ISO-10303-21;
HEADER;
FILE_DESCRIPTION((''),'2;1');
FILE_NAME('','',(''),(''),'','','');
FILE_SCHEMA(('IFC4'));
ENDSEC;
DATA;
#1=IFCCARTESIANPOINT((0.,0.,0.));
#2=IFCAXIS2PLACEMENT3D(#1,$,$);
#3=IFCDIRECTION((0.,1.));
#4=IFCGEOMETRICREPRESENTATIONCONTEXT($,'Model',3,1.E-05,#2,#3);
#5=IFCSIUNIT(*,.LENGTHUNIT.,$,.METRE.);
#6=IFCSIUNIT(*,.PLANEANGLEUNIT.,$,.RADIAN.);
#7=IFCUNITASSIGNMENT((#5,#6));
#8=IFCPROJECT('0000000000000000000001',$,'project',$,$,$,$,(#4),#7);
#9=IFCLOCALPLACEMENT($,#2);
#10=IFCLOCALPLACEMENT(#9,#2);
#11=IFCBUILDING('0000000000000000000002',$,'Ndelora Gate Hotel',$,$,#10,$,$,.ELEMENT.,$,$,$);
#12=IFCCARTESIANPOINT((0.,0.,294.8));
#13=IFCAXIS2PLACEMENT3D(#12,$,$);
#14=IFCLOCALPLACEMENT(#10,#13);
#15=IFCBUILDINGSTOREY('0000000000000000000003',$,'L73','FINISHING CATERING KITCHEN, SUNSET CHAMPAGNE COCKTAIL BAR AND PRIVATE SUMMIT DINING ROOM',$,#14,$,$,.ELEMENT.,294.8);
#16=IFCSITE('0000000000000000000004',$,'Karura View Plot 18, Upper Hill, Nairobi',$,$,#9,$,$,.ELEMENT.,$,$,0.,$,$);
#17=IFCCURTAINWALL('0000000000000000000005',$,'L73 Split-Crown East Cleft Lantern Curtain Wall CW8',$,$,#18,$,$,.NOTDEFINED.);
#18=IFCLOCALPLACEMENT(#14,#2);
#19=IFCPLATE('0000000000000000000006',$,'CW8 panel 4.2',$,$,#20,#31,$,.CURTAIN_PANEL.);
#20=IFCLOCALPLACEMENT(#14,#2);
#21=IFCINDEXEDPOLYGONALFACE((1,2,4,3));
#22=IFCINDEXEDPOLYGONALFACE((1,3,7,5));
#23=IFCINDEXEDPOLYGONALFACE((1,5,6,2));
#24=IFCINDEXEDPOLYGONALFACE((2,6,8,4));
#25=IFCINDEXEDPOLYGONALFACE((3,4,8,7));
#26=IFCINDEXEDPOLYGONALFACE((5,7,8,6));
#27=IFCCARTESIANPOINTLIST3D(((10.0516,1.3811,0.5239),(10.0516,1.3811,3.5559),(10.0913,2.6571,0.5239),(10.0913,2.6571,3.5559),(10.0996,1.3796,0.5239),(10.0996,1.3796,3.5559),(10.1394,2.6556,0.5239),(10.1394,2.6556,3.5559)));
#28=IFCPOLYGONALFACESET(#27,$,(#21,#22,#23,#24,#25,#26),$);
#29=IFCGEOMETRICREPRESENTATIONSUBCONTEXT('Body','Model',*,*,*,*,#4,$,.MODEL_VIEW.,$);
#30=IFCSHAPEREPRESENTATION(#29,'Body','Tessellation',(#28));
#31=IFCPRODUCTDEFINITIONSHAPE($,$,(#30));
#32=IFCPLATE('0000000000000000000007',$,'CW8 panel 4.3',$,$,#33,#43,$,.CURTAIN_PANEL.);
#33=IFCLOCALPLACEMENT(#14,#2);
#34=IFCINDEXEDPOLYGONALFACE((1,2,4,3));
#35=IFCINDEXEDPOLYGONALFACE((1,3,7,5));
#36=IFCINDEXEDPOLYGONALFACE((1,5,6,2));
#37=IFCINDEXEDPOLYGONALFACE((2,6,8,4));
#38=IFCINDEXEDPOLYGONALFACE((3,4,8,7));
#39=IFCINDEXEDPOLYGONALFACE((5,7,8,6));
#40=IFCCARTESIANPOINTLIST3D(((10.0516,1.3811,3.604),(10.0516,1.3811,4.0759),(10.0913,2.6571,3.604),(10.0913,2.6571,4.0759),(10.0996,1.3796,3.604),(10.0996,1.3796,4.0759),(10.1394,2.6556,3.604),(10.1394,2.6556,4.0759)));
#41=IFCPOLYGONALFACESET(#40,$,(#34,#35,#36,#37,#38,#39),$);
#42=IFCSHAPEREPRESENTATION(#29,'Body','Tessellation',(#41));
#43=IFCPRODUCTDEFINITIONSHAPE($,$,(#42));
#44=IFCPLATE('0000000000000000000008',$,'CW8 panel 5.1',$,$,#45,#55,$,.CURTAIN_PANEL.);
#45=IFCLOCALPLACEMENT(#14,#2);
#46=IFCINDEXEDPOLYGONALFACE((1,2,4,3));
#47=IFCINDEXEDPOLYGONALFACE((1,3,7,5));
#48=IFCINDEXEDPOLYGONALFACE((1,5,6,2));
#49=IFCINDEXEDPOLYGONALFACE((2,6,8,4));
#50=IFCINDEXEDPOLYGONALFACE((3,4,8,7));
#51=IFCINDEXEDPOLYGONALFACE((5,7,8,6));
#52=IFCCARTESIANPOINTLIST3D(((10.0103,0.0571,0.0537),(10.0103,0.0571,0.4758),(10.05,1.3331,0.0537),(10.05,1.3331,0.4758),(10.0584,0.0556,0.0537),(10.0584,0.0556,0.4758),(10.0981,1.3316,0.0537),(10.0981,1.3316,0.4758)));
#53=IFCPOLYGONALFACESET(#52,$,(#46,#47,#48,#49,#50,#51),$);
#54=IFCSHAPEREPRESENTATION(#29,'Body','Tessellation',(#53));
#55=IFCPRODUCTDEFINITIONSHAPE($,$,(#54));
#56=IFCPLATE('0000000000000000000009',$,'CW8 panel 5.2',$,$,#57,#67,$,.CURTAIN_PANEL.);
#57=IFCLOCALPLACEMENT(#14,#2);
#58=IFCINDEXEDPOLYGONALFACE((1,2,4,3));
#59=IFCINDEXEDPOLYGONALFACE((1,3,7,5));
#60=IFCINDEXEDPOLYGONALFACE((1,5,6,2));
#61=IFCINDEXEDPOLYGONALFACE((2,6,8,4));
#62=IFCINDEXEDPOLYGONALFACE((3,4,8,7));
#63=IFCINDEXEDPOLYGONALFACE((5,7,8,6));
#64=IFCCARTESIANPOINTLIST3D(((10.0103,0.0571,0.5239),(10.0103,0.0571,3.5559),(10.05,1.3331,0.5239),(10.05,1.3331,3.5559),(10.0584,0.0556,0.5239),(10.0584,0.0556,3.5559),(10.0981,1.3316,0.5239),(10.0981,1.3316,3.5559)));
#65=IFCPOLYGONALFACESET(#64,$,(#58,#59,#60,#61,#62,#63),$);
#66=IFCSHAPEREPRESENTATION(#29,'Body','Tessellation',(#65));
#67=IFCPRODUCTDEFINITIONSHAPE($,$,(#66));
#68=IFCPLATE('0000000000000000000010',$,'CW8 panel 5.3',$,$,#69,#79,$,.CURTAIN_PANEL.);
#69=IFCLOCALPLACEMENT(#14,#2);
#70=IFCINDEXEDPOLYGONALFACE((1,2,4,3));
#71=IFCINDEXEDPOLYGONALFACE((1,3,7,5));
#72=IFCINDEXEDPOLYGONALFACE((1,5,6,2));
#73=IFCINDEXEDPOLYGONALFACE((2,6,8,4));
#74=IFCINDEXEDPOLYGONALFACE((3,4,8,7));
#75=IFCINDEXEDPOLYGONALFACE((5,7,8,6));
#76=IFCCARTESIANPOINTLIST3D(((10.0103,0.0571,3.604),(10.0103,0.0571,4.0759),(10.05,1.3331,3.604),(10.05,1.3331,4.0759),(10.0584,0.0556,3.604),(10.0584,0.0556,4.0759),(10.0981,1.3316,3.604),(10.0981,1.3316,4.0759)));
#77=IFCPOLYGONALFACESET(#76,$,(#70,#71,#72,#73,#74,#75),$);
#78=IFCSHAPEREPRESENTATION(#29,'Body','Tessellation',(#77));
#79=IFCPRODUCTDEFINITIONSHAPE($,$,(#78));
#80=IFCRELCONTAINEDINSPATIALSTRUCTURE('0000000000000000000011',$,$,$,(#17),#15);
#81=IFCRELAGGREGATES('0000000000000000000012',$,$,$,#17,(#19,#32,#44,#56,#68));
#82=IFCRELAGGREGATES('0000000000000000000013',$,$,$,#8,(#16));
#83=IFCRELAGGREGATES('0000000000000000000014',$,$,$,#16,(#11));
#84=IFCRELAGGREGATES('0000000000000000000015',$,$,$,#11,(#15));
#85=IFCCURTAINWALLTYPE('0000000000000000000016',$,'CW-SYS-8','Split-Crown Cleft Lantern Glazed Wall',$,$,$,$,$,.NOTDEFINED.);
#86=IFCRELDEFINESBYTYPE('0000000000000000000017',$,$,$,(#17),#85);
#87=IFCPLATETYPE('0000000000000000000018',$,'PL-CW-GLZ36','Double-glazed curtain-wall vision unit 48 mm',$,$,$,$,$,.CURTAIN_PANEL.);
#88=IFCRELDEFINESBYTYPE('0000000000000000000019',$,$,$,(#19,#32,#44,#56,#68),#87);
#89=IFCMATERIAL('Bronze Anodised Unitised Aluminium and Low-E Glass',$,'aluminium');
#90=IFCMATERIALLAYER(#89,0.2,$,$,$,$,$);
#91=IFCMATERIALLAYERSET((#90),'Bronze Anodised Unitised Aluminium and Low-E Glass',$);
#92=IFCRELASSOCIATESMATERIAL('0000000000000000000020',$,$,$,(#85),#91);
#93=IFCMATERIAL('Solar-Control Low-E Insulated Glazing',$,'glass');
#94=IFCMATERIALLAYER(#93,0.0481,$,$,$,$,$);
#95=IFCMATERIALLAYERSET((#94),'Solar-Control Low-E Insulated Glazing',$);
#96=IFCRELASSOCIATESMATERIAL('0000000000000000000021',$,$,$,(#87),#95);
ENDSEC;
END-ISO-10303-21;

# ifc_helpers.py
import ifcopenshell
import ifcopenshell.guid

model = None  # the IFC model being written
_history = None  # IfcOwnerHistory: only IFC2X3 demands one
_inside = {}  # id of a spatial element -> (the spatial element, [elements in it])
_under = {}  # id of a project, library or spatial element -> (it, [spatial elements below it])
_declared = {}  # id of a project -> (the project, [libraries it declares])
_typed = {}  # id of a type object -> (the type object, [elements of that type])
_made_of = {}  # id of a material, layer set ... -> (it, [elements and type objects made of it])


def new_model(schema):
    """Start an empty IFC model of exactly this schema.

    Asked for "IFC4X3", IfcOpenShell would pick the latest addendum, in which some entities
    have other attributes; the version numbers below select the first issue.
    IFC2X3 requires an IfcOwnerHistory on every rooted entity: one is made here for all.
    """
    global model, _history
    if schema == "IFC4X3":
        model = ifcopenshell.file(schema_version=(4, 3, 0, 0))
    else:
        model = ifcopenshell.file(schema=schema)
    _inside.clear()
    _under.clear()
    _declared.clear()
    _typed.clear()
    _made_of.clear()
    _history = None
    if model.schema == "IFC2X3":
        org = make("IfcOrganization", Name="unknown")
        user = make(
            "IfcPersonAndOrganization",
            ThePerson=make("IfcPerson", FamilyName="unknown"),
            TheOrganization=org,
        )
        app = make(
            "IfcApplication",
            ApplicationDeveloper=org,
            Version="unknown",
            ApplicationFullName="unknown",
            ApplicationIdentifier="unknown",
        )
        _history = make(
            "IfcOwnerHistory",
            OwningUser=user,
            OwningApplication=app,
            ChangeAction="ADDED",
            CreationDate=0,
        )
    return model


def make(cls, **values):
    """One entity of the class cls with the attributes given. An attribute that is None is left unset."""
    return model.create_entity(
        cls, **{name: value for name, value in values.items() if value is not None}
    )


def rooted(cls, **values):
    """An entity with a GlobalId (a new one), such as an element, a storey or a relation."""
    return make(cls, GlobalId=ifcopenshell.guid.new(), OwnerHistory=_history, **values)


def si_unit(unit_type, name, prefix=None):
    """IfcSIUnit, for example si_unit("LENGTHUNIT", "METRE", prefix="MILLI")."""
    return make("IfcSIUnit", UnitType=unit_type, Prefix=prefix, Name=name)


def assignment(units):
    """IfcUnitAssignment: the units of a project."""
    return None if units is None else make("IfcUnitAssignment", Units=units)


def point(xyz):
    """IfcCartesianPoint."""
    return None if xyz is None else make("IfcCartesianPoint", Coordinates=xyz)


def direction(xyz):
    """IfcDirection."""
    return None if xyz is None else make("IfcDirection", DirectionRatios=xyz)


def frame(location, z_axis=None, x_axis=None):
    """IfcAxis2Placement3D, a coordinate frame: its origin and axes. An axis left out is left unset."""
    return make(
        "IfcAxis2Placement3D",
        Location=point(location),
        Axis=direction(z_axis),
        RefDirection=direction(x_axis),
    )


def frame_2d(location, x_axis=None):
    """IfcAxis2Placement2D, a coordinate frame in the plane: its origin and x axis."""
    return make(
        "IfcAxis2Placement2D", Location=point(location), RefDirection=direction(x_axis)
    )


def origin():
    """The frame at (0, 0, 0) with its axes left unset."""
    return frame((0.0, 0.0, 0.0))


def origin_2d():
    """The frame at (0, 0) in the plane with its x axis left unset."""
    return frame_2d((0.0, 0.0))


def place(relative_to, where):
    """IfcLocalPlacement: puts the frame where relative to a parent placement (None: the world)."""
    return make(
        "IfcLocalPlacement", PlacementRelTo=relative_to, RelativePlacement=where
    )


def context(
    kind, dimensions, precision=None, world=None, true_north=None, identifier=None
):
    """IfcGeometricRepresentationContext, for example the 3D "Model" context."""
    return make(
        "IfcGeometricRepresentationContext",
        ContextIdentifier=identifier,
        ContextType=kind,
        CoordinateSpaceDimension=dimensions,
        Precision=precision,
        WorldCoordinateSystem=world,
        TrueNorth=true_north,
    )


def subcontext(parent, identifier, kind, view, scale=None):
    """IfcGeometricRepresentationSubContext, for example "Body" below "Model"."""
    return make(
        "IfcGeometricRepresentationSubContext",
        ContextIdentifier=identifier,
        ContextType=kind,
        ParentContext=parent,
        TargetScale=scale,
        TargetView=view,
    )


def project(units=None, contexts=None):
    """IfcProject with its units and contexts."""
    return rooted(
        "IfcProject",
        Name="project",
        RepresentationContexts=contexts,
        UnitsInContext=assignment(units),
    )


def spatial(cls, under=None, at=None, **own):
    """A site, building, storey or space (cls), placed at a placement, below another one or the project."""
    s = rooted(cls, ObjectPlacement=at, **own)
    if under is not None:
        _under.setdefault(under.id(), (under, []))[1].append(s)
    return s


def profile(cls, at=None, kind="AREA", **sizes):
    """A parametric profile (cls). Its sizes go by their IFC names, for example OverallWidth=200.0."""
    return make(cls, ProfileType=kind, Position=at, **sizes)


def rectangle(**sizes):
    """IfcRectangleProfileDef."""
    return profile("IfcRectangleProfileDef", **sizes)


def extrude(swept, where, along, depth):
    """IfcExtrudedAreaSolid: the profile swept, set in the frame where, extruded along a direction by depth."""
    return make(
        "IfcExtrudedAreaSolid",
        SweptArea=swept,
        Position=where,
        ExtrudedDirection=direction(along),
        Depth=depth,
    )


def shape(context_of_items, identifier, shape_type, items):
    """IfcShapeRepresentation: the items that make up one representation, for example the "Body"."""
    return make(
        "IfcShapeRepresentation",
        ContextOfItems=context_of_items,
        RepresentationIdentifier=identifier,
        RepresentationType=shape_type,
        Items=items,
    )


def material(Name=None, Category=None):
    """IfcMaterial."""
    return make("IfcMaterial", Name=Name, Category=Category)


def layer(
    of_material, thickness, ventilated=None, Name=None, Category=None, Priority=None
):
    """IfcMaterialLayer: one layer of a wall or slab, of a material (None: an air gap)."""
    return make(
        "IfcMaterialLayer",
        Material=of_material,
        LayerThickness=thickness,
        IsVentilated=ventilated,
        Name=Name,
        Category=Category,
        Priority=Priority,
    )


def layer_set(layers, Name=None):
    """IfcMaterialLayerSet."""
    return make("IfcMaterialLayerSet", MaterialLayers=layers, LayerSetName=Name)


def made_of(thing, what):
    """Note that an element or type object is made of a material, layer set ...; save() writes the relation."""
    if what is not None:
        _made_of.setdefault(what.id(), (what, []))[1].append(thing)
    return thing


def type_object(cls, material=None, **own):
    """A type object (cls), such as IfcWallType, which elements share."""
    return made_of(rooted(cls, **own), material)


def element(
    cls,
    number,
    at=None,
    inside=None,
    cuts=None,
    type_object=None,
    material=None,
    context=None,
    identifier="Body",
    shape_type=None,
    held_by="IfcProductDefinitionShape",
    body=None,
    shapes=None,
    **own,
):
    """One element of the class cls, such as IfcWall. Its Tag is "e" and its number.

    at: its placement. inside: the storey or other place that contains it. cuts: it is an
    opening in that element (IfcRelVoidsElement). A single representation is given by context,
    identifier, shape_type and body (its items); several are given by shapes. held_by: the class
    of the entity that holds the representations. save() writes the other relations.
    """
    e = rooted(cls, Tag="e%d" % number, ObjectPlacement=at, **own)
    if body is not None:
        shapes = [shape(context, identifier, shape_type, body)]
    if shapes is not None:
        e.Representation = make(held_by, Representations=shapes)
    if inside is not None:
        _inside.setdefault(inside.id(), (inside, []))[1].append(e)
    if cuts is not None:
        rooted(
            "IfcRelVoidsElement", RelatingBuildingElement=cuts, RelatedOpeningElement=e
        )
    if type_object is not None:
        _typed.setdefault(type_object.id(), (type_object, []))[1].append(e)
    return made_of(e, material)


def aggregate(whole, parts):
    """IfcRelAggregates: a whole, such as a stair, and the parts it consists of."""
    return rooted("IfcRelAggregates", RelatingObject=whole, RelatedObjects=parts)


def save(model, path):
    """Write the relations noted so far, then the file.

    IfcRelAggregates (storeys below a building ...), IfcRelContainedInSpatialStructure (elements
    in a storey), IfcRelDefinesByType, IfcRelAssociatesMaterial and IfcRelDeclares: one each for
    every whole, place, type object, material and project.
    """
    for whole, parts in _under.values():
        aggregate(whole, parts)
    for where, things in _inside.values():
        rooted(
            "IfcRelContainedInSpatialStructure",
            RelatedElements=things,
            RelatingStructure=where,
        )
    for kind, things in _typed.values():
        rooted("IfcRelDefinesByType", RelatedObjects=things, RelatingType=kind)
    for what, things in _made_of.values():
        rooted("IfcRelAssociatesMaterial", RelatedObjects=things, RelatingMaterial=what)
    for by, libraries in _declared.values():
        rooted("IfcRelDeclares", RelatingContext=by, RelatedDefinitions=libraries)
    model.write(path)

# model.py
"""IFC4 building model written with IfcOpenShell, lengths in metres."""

from ifc_helpers import new_model, si_unit, direction, frame, origin, origin_2d, place, context, subcontext, project, spatial, rectangle, extrude, material, layer, layer_set, type_object, element, aggregate, save


model = new_model("IFC4")

# Units and contexts
model_context = context("Model", 3, precision=1e-05, world=origin(), true_north=direction((0.0, 1.0)))
body_context = subcontext(model_context, "Body", "Model", "MODEL_VIEW")
ifc_project = project(units=[si_unit("LENGTHUNIT", "METRE"), si_unit("PLANEANGLEUNIT", "RADIAN")], contexts=[model_context])

# Site, building, storey
site_placement = place(None, origin())
site = spatial("IfcSite", under=ifc_project, at=site_placement, Name="Karura View Plot 18, Upper Hill, Nairobi", CompositionType="ELEMENT", RefElevation=0.0)
building_placement = place(site_placement, origin())
building = spatial("IfcBuilding", under=site, at=building_placement, Name="Ndelora Gate Hotel", CompositionType="ELEMENT")
storey_placement = place(building_placement, frame((0.0, 0.0, 294.8)))
storey = spatial("IfcBuildingStorey", under=building, at=storey_placement, Name="L73", Description="FINISHING CATERING KITCHEN, SUNSET CHAMPAGNE COCKTAIL BAR AND PRIVATE SUMMIT DINING ROOM", CompositionType="ELEMENT", Elevation=294.8)

# Curtain wall, plates
ifc_material_1 = material(Name="Bronze Anodised Unitised Aluminium and Low-E Glass", Category="aluminium")
ifc_layer_1 = layer(ifc_material_1, 0.2)
ifc_layer_set_1 = layer_set([ifc_layer_1], Name="Bronze Anodised Unitised Aluminium and Low-E Glass")
curtain_wall_type = type_object("IfcCurtainWallType", Name="CW-SYS-8", Description="Split-Crown Cleft Lantern Glazed Wall", PredefinedType="NOTDEFINED", material=ifc_layer_set_1)
curtain_wall_placement = place(storey_placement, origin())
curtain_wall = element("IfcCurtainWall", 1, at=curtain_wall_placement, inside=storey, type_object=curtain_wall_type, Name="L73 Split-Crown East Cleft Lantern Curtain Wall CW8", PredefinedType="NOTDEFINED")
ifc_material_2 = material(Name="Solar-Control Low-E Insulated Glazing", Category="glass")
ifc_layer_2 = layer(ifc_material_2, 0.0481)
ifc_layer_set_2 = layer_set([ifc_layer_2], Name="Solar-Control Low-E Insulated Glazing")
plate_type = type_object("IfcPlateType", Name="PL-CW-GLZ36", Description="Double-glazed curtain-wall vision unit 48 mm", PredefinedType="CURTAIN_PANEL", material=ifc_layer_set_2)
plate_1_placement = place(storey_placement, frame((10.0955, 2.0183, 0.5239), z_axis=(0.0, 0.0, 1.0), x_axis=(-0.031131, -0.999515, 0.0)))
plate_1 = element("IfcPlate", 2, at=plate_1_placement, type_object=plate_type, Name="CW8 panel 4.2", PredefinedType="CURTAIN_PANEL", context=body_context, shape_type="SweptSolid", body=[
    extrude(rectangle(XDim=1.2766, YDim=0.0481, at=origin_2d()), origin(), (0.0, 0.0, 1.0), 3.032),
])
plate_2_placement = place(storey_placement, frame((10.0955, 2.0183, 3.604), z_axis=(0.0, 0.0, 1.0), x_axis=(-0.031131, -0.999515, 0.0)))
plate_2 = element("IfcPlate", 3, at=plate_2_placement, type_object=plate_type, Name="CW8 panel 4.3", PredefinedType="CURTAIN_PANEL", context=body_context, shape_type="SweptSolid", body=[
    extrude(rectangle(XDim=1.2766, YDim=0.0481, at=origin_2d()), origin(), (0.0, 0.0, 1.0), 0.4719),
])
plate_3_placement = place(storey_placement, frame((10.0542, 0.6943, 0.0537), z_axis=(0.0, 0.0, 1.0), x_axis=(-0.031131, -0.999515, 0.0)))
plate_3 = element("IfcPlate", 4, at=plate_3_placement, type_object=plate_type, Name="CW8 panel 5.1", PredefinedType="CURTAIN_PANEL", context=body_context, shape_type="SweptSolid", body=[
    extrude(rectangle(XDim=1.2766, YDim=0.0481, at=origin_2d()), origin(), (0.0, 0.0, 1.0), 0.4221),
])
plate_4_placement = place(storey_placement, frame((10.0542, 0.6943, 0.5239), z_axis=(0.0, 0.0, 1.0), x_axis=(-0.031131, -0.999515, 0.0)))
plate_4 = element("IfcPlate", 5, at=plate_4_placement, type_object=plate_type, Name="CW8 panel 5.2", PredefinedType="CURTAIN_PANEL", context=body_context, shape_type="SweptSolid", body=[
    extrude(rectangle(XDim=1.2766, YDim=0.0481, at=origin_2d()), origin(), (0.0, 0.0, 1.0), 3.032),
])
plate_5_placement = place(storey_placement, frame((10.0542, 0.6943, 3.604), z_axis=(0.0, 0.0, 1.0), x_axis=(-0.031131, -0.999515, 0.0)))
plate_5 = element("IfcPlate", 6, at=plate_5_placement, type_object=plate_type, Name="CW8 panel 5.3", PredefinedType="CURTAIN_PANEL", context=body_context, shape_type="SweptSolid", body=[
    extrude(rectangle(XDim=1.2766, YDim=0.0481, at=origin_2d()), origin(), (0.0, 0.0, 1.0), 0.4719),
])
aggregate(curtain_wall, [plate_1, plate_2, plate_3, plate_4, plate_5])

save(model, "model.ifc")
